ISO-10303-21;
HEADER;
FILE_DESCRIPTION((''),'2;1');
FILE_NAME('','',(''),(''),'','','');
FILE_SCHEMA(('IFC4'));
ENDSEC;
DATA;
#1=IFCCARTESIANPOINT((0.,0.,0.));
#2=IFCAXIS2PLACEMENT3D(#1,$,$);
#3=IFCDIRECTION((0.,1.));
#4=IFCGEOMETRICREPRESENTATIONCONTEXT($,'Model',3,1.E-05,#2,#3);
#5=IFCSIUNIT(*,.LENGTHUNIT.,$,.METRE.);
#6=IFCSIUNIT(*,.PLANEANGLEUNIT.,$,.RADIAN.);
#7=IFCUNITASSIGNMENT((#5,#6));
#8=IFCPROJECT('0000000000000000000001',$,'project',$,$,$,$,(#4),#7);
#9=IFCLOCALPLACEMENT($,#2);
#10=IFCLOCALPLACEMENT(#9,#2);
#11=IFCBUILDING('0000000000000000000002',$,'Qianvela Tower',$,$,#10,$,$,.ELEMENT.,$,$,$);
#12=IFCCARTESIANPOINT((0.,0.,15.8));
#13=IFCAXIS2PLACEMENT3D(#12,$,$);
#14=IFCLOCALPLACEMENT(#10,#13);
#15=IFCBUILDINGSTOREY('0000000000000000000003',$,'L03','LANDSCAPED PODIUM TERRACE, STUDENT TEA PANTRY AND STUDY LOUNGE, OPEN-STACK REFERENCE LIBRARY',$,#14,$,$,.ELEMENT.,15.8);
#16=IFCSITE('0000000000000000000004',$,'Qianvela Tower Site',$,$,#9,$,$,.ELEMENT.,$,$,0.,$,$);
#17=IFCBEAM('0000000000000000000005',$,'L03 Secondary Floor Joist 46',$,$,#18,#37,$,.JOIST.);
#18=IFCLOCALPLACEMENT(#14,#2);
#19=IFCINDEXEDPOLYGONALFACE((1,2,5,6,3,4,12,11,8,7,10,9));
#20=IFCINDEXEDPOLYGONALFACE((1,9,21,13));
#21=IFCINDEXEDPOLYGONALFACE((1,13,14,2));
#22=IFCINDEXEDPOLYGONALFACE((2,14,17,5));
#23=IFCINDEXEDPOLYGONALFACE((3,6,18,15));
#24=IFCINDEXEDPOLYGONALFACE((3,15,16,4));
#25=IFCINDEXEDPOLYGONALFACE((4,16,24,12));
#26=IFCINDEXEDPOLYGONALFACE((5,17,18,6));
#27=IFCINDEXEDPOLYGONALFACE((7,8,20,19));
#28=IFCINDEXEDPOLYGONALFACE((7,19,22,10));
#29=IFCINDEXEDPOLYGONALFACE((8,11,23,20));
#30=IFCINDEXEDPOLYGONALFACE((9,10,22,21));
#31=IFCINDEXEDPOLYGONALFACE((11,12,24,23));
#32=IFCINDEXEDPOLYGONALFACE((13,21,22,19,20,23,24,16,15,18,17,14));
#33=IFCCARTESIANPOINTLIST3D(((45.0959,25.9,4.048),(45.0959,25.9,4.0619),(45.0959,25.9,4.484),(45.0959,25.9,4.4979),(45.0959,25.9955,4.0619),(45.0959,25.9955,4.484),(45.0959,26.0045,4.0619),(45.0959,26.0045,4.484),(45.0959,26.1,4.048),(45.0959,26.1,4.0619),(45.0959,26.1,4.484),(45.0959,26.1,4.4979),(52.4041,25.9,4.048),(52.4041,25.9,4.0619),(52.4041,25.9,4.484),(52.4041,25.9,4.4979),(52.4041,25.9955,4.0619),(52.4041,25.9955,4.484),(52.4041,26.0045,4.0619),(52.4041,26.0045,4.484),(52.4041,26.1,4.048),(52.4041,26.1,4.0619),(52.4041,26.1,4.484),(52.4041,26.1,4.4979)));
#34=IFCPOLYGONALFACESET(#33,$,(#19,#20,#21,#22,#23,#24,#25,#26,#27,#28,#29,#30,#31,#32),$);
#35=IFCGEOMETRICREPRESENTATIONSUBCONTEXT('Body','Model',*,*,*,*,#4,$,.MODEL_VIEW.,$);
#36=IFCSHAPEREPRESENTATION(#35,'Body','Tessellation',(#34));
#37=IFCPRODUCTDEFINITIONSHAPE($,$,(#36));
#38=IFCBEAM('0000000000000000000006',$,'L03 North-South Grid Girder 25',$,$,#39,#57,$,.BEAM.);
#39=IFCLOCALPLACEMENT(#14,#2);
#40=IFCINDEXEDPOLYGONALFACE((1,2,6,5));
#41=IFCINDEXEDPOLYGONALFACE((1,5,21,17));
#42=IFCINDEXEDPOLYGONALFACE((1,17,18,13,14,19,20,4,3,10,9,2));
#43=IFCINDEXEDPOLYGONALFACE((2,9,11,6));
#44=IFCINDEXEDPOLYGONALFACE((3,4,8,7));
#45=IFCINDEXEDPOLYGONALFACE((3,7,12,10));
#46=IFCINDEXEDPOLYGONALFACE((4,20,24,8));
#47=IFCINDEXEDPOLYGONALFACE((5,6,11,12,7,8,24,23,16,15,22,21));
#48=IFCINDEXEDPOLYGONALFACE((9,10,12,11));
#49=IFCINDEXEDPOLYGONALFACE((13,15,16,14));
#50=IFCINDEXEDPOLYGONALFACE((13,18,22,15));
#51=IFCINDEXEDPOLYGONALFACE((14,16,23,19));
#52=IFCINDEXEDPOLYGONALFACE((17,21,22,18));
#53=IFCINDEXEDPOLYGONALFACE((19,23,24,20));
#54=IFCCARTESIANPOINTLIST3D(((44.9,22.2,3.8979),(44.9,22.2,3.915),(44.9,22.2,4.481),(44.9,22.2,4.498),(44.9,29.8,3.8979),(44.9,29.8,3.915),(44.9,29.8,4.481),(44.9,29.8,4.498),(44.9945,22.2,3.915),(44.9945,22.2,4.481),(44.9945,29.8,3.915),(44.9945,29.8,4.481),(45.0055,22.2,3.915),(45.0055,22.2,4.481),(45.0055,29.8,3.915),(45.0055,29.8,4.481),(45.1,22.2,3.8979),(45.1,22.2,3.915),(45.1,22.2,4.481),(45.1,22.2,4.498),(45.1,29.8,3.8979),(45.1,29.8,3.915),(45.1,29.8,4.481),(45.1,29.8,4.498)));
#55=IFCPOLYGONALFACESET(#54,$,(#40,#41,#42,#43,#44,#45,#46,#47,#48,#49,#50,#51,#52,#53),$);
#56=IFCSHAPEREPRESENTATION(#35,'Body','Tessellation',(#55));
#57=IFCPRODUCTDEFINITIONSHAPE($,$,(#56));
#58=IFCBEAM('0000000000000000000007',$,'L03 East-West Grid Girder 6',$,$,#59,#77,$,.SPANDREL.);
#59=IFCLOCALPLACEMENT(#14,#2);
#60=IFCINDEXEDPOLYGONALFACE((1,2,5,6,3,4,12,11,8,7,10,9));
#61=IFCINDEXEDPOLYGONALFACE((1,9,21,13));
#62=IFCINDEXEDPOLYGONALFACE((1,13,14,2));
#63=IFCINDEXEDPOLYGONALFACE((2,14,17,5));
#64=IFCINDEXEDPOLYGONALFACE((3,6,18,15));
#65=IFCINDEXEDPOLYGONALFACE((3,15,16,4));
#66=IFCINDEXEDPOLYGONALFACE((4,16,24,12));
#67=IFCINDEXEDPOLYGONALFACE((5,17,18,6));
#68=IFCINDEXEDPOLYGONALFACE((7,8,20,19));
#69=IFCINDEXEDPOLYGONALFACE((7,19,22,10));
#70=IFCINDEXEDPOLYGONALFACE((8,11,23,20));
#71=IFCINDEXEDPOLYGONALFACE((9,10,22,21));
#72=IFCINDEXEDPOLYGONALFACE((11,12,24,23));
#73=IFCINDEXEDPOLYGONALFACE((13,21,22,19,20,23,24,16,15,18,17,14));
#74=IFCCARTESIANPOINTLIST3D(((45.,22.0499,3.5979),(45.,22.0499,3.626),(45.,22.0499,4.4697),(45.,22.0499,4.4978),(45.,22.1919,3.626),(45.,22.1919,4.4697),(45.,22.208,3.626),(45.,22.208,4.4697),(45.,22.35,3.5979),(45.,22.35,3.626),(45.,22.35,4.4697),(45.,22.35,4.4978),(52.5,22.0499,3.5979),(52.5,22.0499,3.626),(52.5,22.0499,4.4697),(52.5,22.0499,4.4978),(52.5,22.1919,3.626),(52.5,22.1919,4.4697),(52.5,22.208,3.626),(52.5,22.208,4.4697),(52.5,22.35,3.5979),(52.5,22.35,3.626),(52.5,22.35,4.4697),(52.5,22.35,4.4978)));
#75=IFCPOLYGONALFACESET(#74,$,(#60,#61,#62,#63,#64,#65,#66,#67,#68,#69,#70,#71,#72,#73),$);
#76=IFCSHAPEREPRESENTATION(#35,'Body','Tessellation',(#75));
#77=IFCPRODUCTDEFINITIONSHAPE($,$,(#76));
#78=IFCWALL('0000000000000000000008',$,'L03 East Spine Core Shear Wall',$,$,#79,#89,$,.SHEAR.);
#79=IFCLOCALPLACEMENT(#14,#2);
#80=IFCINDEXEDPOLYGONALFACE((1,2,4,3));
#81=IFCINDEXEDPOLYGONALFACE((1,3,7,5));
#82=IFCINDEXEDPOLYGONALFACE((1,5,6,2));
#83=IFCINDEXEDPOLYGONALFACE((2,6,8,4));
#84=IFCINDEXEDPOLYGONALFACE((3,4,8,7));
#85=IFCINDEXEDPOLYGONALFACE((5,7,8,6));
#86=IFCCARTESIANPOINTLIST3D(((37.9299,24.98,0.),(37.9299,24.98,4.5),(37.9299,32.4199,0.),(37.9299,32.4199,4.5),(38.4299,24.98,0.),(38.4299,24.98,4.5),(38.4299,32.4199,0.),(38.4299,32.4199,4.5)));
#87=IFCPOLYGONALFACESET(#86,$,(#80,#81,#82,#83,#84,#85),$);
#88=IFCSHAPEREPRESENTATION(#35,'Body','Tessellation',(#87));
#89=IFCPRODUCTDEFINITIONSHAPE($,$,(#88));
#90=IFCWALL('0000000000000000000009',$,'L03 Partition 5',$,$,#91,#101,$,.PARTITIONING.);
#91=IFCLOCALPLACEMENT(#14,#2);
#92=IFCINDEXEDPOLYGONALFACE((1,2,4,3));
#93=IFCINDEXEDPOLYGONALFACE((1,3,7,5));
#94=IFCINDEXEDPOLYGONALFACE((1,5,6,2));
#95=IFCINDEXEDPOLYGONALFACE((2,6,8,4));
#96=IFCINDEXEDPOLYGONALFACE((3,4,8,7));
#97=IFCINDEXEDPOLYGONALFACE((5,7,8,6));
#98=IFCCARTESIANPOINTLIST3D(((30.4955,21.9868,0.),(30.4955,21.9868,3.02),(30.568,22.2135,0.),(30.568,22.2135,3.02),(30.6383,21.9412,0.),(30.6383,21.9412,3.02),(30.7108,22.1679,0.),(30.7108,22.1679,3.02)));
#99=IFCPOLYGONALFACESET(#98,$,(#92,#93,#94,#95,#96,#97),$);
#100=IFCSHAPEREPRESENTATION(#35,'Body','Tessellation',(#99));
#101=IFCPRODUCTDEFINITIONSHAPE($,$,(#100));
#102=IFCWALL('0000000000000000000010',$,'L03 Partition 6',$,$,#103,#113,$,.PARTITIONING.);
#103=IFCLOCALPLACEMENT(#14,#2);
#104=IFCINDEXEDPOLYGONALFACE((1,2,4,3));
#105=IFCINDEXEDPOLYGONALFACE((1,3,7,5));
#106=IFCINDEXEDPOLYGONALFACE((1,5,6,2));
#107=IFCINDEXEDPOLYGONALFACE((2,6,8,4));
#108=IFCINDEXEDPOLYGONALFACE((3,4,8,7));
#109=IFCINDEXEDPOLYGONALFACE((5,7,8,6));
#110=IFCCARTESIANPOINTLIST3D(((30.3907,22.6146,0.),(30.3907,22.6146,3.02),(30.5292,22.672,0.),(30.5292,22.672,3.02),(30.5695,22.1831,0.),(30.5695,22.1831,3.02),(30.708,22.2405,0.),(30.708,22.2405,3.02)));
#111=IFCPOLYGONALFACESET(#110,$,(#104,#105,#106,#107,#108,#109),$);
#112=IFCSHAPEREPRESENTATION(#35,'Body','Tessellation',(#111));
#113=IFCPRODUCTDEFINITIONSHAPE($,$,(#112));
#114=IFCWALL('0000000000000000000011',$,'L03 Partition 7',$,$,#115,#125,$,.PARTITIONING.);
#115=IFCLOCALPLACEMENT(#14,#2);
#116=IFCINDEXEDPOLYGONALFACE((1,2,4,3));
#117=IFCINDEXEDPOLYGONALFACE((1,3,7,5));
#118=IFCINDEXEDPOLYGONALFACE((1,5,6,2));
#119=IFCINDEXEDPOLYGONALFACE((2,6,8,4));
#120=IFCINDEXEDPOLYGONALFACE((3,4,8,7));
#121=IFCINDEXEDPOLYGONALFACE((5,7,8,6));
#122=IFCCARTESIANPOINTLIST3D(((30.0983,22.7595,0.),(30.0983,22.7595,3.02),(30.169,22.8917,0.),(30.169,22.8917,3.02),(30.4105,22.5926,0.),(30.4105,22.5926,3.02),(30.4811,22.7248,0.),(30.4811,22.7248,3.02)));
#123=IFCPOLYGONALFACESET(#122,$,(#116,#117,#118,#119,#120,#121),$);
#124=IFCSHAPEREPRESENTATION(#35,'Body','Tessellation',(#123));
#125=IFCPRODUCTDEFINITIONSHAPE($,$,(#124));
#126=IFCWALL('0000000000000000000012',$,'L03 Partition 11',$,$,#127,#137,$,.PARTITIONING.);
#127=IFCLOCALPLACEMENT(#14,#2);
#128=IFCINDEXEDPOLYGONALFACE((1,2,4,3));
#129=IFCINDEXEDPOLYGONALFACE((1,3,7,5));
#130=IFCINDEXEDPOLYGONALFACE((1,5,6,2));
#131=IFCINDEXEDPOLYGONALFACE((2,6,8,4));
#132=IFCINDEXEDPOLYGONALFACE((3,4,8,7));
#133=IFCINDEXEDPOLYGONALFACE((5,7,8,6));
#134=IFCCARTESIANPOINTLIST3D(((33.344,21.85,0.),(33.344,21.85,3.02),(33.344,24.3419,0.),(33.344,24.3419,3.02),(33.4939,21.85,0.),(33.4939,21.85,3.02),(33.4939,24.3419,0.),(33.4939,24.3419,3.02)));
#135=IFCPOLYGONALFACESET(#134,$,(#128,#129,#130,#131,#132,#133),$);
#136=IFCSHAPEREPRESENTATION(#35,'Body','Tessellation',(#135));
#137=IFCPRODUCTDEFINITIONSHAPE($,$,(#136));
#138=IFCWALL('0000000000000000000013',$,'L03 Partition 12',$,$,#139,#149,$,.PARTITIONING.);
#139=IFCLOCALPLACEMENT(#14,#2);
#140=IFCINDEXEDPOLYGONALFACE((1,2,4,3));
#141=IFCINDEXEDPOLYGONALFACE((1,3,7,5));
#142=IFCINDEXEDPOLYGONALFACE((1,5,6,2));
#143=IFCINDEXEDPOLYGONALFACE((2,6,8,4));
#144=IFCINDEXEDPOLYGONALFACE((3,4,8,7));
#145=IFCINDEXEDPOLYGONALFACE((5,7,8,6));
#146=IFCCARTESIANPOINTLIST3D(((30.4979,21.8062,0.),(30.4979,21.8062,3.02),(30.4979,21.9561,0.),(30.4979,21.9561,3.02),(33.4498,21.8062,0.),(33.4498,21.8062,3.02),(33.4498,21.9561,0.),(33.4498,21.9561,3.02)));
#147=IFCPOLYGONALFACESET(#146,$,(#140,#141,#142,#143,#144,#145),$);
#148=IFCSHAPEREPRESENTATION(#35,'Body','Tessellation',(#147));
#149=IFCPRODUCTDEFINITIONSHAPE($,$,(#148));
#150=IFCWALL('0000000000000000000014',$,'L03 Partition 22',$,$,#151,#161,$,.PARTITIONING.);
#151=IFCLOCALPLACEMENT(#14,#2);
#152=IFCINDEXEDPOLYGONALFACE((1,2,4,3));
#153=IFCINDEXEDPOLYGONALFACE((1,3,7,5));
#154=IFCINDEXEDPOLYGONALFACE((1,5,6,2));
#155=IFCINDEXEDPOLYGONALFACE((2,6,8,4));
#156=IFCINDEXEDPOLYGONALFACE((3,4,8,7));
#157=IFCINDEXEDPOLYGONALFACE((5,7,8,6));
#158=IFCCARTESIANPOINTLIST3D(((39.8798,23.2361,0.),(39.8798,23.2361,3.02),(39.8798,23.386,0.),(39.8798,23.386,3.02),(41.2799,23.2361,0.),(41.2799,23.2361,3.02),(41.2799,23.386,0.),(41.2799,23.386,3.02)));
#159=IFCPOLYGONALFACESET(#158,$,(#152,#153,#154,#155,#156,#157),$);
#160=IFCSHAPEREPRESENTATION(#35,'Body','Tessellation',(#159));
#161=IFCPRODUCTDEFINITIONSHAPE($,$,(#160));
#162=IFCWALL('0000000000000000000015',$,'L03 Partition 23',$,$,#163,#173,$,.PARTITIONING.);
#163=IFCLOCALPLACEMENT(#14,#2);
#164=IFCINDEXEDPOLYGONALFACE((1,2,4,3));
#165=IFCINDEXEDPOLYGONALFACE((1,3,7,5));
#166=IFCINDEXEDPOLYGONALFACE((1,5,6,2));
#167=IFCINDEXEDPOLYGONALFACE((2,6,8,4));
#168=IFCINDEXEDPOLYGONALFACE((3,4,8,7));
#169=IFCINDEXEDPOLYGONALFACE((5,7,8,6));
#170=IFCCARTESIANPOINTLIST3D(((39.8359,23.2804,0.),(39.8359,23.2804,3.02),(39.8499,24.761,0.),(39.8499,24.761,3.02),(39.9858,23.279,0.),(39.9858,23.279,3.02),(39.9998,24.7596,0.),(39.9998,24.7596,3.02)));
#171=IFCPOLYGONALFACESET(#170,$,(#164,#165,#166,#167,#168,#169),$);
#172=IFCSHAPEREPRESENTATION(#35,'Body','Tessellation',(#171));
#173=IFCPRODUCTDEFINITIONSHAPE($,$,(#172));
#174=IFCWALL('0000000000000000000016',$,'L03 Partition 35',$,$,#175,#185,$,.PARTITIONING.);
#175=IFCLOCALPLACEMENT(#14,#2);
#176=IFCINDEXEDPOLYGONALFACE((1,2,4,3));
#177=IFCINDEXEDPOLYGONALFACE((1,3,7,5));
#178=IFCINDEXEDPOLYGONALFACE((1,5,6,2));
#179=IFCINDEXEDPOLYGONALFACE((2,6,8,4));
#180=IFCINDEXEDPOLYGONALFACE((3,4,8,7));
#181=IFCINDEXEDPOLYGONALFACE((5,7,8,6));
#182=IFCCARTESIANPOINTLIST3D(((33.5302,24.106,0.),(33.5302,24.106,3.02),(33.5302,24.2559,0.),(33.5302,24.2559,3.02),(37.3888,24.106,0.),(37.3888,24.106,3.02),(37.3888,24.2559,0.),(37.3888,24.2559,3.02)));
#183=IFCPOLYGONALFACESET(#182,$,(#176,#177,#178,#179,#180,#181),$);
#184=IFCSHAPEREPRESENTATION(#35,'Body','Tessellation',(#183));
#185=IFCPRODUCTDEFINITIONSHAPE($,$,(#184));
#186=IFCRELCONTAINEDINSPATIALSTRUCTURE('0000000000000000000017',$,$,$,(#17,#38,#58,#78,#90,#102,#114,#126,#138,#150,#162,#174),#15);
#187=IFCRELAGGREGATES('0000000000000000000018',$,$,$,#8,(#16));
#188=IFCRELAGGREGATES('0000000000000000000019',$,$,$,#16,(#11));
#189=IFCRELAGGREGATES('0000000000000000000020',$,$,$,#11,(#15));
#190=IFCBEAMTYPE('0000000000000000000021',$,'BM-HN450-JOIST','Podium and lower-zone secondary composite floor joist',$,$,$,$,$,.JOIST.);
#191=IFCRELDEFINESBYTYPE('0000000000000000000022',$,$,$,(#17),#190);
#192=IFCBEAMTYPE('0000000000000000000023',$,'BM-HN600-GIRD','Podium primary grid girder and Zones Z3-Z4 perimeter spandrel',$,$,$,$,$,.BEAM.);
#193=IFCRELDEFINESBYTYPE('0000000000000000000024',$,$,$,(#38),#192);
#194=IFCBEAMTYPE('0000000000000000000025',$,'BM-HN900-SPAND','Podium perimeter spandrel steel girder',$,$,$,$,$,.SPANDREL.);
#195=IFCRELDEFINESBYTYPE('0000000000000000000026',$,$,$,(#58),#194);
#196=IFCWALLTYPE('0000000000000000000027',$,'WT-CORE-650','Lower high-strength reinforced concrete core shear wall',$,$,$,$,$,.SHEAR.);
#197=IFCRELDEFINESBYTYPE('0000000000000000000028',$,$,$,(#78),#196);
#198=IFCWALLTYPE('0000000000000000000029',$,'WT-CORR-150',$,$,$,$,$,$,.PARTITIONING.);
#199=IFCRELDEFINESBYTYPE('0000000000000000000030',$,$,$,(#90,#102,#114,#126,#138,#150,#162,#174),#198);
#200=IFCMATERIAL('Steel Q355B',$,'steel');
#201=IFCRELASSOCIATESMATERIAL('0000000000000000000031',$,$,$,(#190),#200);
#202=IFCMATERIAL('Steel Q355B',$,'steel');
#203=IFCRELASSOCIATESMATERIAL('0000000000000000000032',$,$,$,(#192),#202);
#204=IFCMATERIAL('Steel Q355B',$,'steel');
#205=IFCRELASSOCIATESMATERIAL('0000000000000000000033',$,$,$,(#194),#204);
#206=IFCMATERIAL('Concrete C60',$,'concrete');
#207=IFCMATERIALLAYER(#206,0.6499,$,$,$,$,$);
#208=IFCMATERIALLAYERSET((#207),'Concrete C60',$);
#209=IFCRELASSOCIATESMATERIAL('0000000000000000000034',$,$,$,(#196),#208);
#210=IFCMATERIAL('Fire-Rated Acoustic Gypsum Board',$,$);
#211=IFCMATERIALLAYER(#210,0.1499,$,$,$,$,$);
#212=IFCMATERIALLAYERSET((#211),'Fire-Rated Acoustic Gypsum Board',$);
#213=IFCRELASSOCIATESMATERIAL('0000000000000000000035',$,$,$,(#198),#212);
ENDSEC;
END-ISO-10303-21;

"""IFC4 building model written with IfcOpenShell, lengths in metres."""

from ifc_helpers import new_model, si_unit, direction, frame, frame_2d, origin, origin_2d, place, context, subcontext, project, spatial, rectangle, i_section, extrude, material, layer, layer_set, material_profile, profile_set, type_object, element, save


model = new_model("IFC4")

# Units and contexts
model_context = context("Model", 3, precision=1e-05, world=origin(), true_north=direction((0.0, 1.0)))
body_context = subcontext(model_context, "Body", "Model", "MODEL_VIEW")
ifc_project = project(units=[si_unit("LENGTHUNIT", "METRE"), si_unit("PLANEANGLEUNIT", "RADIAN")], contexts=[model_context])

# Site, building, storey
site_placement = place(None, origin())
site = spatial("IfcSite", under=ifc_project, at=site_placement, Name="Qianvela Tower Site", CompositionType="ELEMENT", RefElevation=0.0)
building_placement = place(site_placement, origin())
building = spatial("IfcBuilding", under=site, at=building_placement, Name="Qianvela Tower", CompositionType="ELEMENT")
storey_placement = place(building_placement, frame((0.0, 0.0, 15.8)))
storey = spatial("IfcBuildingStorey", under=building, at=storey_placement, Name="L03", Description="LANDSCAPED PODIUM TERRACE, STUDENT TEA PANTRY AND STUDY LOUNGE, OPEN-STACK REFERENCE LIBRARY", CompositionType="ELEMENT", Elevation=15.8)

# Beams
ifc_material_1 = material(Name="Steel Q355B", Category="steel")
ifc_material_profile_1 = material_profile(ifc_material_1, i_section(OverallWidth=0.2, OverallDepth=0.45, WebThickness=0.009, FlangeThickness=0.0139, at=origin_2d()), Name="HN450x200x9x14")
ifc_profile_set_1 = profile_set([ifc_material_profile_1], Name="Steel Q355B")
beam_type_1 = type_object("IfcBeamType", Name="BM-HN450-JOIST", Description="Podium and lower-zone secondary composite floor joist", PredefinedType="JOIST", material=ifc_profile_set_1)
beam_1_placement = place(storey_placement, frame((45.0959, 26.0, 4.2729), z_axis=(1.0, 0.0, 0.0), x_axis=(0.0, 1.0, 0.0)))
element("IfcBeam", 1, at=beam_1_placement, inside=storey, type_object=beam_type_1, Name="L03 Secondary Floor Joist 46", PredefinedType="JOIST", context=body_context, shape_type="SweptSolid", body=[
    extrude(i_section(OverallWidth=0.2, OverallDepth=0.45, WebThickness=0.009, FlangeThickness=0.0139, at=origin_2d()), origin(), (0.0, 0.0, 1.0), 7.3081),
])
ifc_material_2 = material(Name="Steel Q355B", Category="steel")
ifc_material_profile_2 = material_profile(ifc_material_2, i_section(OverallWidth=0.2, OverallDepth=0.6001, WebThickness=0.011, FlangeThickness=0.0171, at=origin_2d()), Name="HN600x200x11x17")
ifc_profile_set_2 = profile_set([ifc_material_profile_2], Name="Steel Q355B")
beam_type_2 = type_object("IfcBeamType", Name="BM-HN600-GIRD", Description="Podium primary grid girder and Zones Z3-Z4 perimeter spandrel", PredefinedType="BEAM", material=ifc_profile_set_2)
beam_2_placement = place(storey_placement, frame((45.0, 22.2, 4.198), z_axis=(0.0, 1.0, 0.0), x_axis=(-1.0, 0.0, 0.0)))
element("IfcBeam", 2, at=beam_2_placement, inside=storey, type_object=beam_type_2, Name="L03 North-South Grid Girder 25", PredefinedType="BEAM", context=body_context, shape_type="SweptSolid", body=[
    extrude(i_section(OverallWidth=0.2, OverallDepth=0.6001, WebThickness=0.011, FlangeThickness=0.0171, at=origin_2d()), origin(), (0.0, 0.0, 1.0), 7.6001),
])
ifc_material_3 = material(Name="Steel Q355B", Category="steel")
ifc_material_profile_3 = material_profile(ifc_material_3, i_section(OverallWidth=0.3, OverallDepth=0.8999, WebThickness=0.0161, FlangeThickness=0.0281, at=origin_2d()), Name="HN900x300x16x28")
ifc_profile_set_3 = profile_set([ifc_material_profile_3], Name="Steel Q355B")
beam_type_3 = type_object("IfcBeamType", Name="BM-HN900-SPAND", Description="Podium perimeter spandrel steel girder", PredefinedType="SPANDREL", material=ifc_profile_set_3)
beam_3_placement = place(storey_placement, frame((45.0, 22.2, 4.0479), z_axis=(1.0, 0.0, 0.0), x_axis=(0.0, 1.0, 0.0)))
element("IfcBeam", 3, at=beam_3_placement, inside=storey, type_object=beam_type_3, Name="L03 East-West Grid Girder 6", PredefinedType="SPANDREL", context=body_context, shape_type="SweptSolid", body=[
    extrude(i_section(OverallWidth=0.3, OverallDepth=0.8999, WebThickness=0.0161, FlangeThickness=0.0281, at=origin_2d()), origin(), (0.0, 0.0, 1.0), 7.5),
])

# Walls
ifc_material_4 = material(Name="Concrete C60", Category="concrete")
ifc_layer_1 = layer(ifc_material_4, 0.6499)
ifc_layer_set_1 = layer_set([ifc_layer_1], Name="Concrete C60")
wall_type_1 = type_object("IfcWallType", Name="WT-CORE-650", Description="Lower high-strength reinforced concrete core shear wall", PredefinedType="SHEAR", material=ifc_layer_set_1)
wall_1_placement = place(storey_placement, frame((38.1799, 24.98, 0.0), z_axis=(0.0, 0.0, 1.0), x_axis=(0.0, 1.0, 0.0)))
element("IfcWall", 4, at=wall_1_placement, inside=storey, type_object=wall_type_1, Name="L03 East Spine Core Shear Wall", PredefinedType="SHEAR", context=body_context, shape_type="SweptSolid", body=[
    extrude(rectangle(XDim=7.4399, YDim=0.5, at=frame_2d((3.72, 0.0))), origin(), (0.0, 0.0, 1.0), 4.5),
])
ifc_material_5 = material(Name="Fire-Rated Acoustic Gypsum Board")
ifc_layer_2 = layer(ifc_material_5, 0.1499)
ifc_layer_set_2 = layer_set([ifc_layer_2], Name="Fire-Rated Acoustic Gypsum Board")
wall_type_2 = type_object("IfcWallType", Name="WT-CORR-150", PredefinedType="PARTITIONING", material=ifc_layer_set_2)
wall_2_placement = place(storey_placement, frame((30.5669, 21.9639, 0.0), z_axis=(0.0, 0.0, 1.0), x_axis=(0.304515, 0.952507, 0.0)))
element("IfcWall", 5, at=wall_2_placement, inside=storey, type_object=wall_type_2, Name="L03 Partition 5", PredefinedType="PARTITIONING", context=body_context, shape_type="SweptSolid", body=[
    extrude(rectangle(XDim=0.238, YDim=0.1499, at=frame_2d((0.1191, 0.0))), origin(), (0.0, 0.0, 1.0), 3.02),
])
wall_3_placement = place(storey_placement, frame((30.6387, 22.2119, 0.0), z_axis=(0.0, 0.0, 1.0), x_axis=(-0.382721, 0.923864, 0.0)))
element("IfcWall", 6, at=wall_3_placement, inside=storey, type_object=wall_type_2, Name="L03 Partition 6", PredefinedType="PARTITIONING", context=body_context, shape_type="SweptSolid", body=[
    extrude(rectangle(XDim=0.467, YDim=0.1499, at=frame_2d((0.2334, 0.0))), origin(), (0.0, 0.0, 1.0), 3.02),
])
wall_4_placement = place(storey_placement, frame((30.4458, 22.6587, 0.0), z_axis=(0.0, 0.0, 1.0), x_axis=(-0.881818, 0.47159, 0.0)))
element("IfcWall", 7, at=wall_4_placement, inside=storey, type_object=wall_type_2, Name="L03 Partition 7", PredefinedType="PARTITIONING", context=body_context, shape_type="SweptSolid", body=[
    extrude(rectangle(XDim=0.354, YDim=0.1499, at=frame_2d((0.177, 0.0))), origin(), (0.0, 0.0, 1.0), 3.02),
])
wall_5_placement = place(storey_placement, frame((33.4189, 24.342, 0.0), z_axis=(0.0, 0.0, 1.0), x_axis=(0.0, -1.0, 0.0)))
element("IfcWall", 8, at=wall_5_placement, inside=storey, type_object=wall_type_2, Name="L03 Partition 11", PredefinedType="PARTITIONING", context=body_context, shape_type="SweptSolid", body=[
    extrude(rectangle(XDim=2.4919, YDim=0.1499, at=frame_2d((1.2461, 0.0))), origin(), (0.0, 0.0, 1.0), 3.02),
])
wall_6_placement = place(storey_placement, frame((33.45, 21.8811, 0.0), z_axis=(0.0, 0.0, 1.0), x_axis=(-1.0, 0.0, 0.0)))
element("IfcWall", 9, at=wall_6_placement, inside=storey, type_object=wall_type_2, Name="L03 Partition 12", PredefinedType="PARTITIONING", context=body_context, shape_type="SweptSolid", body=[
    extrude(rectangle(XDim=2.9519, YDim=0.1499, at=frame_2d((1.4761, 0.0))), origin(), (0.0, 0.0, 1.0), 3.02),
])
wall_7_placement = place(storey_placement, frame((41.28, 23.311, 0.0), z_axis=(0.0, 0.0, 1.0), x_axis=(-1.0, 0.0, 0.0)))
element("IfcWall", 10, at=wall_7_placement, inside=storey, type_object=wall_type_2, Name="L03 Partition 22", PredefinedType="PARTITIONING", context=body_context, shape_type="SweptSolid", body=[
    extrude(rectangle(XDim=1.4001, YDim=0.1499, at=frame_2d((0.7002, 0.0))), origin(), (0.0, 0.0, 1.0), 3.02),
])
wall_8_placement = place(storey_placement, frame((39.9109, 23.2798, 0.0), z_axis=(0.0, 0.0, 1.0), x_axis=(0.009398, 0.999956, 0.0)))
element("IfcWall", 11, at=wall_8_placement, inside=storey, type_object=wall_type_2, Name="L03 Partition 23", PredefinedType="PARTITIONING", context=body_context, shape_type="SweptSolid", body=[
    extrude(rectangle(XDim=1.4807, YDim=0.1499, at=frame_2d((0.7402, 0.0))), origin(), (0.0, 0.0, 1.0), 3.02),
])
wall_9_placement = place(storey_placement, frame((37.3887, 24.1809, 0.0), z_axis=(0.0, 0.0, 1.0), x_axis=(-1.0, 0.0, 0.0)))
element("IfcWall", 12, at=wall_9_placement, inside=storey, type_object=wall_type_2, Name="L03 Partition 35", PredefinedType="PARTITIONING", context=body_context, shape_type="SweptSolid", body=[
    extrude(rectangle(XDim=3.8586, YDim=0.1499, at=frame_2d((1.9292, 0.0))), origin(), (0.0, 0.0, 1.0), 3.02),
])

save(model, "model.ifc")
